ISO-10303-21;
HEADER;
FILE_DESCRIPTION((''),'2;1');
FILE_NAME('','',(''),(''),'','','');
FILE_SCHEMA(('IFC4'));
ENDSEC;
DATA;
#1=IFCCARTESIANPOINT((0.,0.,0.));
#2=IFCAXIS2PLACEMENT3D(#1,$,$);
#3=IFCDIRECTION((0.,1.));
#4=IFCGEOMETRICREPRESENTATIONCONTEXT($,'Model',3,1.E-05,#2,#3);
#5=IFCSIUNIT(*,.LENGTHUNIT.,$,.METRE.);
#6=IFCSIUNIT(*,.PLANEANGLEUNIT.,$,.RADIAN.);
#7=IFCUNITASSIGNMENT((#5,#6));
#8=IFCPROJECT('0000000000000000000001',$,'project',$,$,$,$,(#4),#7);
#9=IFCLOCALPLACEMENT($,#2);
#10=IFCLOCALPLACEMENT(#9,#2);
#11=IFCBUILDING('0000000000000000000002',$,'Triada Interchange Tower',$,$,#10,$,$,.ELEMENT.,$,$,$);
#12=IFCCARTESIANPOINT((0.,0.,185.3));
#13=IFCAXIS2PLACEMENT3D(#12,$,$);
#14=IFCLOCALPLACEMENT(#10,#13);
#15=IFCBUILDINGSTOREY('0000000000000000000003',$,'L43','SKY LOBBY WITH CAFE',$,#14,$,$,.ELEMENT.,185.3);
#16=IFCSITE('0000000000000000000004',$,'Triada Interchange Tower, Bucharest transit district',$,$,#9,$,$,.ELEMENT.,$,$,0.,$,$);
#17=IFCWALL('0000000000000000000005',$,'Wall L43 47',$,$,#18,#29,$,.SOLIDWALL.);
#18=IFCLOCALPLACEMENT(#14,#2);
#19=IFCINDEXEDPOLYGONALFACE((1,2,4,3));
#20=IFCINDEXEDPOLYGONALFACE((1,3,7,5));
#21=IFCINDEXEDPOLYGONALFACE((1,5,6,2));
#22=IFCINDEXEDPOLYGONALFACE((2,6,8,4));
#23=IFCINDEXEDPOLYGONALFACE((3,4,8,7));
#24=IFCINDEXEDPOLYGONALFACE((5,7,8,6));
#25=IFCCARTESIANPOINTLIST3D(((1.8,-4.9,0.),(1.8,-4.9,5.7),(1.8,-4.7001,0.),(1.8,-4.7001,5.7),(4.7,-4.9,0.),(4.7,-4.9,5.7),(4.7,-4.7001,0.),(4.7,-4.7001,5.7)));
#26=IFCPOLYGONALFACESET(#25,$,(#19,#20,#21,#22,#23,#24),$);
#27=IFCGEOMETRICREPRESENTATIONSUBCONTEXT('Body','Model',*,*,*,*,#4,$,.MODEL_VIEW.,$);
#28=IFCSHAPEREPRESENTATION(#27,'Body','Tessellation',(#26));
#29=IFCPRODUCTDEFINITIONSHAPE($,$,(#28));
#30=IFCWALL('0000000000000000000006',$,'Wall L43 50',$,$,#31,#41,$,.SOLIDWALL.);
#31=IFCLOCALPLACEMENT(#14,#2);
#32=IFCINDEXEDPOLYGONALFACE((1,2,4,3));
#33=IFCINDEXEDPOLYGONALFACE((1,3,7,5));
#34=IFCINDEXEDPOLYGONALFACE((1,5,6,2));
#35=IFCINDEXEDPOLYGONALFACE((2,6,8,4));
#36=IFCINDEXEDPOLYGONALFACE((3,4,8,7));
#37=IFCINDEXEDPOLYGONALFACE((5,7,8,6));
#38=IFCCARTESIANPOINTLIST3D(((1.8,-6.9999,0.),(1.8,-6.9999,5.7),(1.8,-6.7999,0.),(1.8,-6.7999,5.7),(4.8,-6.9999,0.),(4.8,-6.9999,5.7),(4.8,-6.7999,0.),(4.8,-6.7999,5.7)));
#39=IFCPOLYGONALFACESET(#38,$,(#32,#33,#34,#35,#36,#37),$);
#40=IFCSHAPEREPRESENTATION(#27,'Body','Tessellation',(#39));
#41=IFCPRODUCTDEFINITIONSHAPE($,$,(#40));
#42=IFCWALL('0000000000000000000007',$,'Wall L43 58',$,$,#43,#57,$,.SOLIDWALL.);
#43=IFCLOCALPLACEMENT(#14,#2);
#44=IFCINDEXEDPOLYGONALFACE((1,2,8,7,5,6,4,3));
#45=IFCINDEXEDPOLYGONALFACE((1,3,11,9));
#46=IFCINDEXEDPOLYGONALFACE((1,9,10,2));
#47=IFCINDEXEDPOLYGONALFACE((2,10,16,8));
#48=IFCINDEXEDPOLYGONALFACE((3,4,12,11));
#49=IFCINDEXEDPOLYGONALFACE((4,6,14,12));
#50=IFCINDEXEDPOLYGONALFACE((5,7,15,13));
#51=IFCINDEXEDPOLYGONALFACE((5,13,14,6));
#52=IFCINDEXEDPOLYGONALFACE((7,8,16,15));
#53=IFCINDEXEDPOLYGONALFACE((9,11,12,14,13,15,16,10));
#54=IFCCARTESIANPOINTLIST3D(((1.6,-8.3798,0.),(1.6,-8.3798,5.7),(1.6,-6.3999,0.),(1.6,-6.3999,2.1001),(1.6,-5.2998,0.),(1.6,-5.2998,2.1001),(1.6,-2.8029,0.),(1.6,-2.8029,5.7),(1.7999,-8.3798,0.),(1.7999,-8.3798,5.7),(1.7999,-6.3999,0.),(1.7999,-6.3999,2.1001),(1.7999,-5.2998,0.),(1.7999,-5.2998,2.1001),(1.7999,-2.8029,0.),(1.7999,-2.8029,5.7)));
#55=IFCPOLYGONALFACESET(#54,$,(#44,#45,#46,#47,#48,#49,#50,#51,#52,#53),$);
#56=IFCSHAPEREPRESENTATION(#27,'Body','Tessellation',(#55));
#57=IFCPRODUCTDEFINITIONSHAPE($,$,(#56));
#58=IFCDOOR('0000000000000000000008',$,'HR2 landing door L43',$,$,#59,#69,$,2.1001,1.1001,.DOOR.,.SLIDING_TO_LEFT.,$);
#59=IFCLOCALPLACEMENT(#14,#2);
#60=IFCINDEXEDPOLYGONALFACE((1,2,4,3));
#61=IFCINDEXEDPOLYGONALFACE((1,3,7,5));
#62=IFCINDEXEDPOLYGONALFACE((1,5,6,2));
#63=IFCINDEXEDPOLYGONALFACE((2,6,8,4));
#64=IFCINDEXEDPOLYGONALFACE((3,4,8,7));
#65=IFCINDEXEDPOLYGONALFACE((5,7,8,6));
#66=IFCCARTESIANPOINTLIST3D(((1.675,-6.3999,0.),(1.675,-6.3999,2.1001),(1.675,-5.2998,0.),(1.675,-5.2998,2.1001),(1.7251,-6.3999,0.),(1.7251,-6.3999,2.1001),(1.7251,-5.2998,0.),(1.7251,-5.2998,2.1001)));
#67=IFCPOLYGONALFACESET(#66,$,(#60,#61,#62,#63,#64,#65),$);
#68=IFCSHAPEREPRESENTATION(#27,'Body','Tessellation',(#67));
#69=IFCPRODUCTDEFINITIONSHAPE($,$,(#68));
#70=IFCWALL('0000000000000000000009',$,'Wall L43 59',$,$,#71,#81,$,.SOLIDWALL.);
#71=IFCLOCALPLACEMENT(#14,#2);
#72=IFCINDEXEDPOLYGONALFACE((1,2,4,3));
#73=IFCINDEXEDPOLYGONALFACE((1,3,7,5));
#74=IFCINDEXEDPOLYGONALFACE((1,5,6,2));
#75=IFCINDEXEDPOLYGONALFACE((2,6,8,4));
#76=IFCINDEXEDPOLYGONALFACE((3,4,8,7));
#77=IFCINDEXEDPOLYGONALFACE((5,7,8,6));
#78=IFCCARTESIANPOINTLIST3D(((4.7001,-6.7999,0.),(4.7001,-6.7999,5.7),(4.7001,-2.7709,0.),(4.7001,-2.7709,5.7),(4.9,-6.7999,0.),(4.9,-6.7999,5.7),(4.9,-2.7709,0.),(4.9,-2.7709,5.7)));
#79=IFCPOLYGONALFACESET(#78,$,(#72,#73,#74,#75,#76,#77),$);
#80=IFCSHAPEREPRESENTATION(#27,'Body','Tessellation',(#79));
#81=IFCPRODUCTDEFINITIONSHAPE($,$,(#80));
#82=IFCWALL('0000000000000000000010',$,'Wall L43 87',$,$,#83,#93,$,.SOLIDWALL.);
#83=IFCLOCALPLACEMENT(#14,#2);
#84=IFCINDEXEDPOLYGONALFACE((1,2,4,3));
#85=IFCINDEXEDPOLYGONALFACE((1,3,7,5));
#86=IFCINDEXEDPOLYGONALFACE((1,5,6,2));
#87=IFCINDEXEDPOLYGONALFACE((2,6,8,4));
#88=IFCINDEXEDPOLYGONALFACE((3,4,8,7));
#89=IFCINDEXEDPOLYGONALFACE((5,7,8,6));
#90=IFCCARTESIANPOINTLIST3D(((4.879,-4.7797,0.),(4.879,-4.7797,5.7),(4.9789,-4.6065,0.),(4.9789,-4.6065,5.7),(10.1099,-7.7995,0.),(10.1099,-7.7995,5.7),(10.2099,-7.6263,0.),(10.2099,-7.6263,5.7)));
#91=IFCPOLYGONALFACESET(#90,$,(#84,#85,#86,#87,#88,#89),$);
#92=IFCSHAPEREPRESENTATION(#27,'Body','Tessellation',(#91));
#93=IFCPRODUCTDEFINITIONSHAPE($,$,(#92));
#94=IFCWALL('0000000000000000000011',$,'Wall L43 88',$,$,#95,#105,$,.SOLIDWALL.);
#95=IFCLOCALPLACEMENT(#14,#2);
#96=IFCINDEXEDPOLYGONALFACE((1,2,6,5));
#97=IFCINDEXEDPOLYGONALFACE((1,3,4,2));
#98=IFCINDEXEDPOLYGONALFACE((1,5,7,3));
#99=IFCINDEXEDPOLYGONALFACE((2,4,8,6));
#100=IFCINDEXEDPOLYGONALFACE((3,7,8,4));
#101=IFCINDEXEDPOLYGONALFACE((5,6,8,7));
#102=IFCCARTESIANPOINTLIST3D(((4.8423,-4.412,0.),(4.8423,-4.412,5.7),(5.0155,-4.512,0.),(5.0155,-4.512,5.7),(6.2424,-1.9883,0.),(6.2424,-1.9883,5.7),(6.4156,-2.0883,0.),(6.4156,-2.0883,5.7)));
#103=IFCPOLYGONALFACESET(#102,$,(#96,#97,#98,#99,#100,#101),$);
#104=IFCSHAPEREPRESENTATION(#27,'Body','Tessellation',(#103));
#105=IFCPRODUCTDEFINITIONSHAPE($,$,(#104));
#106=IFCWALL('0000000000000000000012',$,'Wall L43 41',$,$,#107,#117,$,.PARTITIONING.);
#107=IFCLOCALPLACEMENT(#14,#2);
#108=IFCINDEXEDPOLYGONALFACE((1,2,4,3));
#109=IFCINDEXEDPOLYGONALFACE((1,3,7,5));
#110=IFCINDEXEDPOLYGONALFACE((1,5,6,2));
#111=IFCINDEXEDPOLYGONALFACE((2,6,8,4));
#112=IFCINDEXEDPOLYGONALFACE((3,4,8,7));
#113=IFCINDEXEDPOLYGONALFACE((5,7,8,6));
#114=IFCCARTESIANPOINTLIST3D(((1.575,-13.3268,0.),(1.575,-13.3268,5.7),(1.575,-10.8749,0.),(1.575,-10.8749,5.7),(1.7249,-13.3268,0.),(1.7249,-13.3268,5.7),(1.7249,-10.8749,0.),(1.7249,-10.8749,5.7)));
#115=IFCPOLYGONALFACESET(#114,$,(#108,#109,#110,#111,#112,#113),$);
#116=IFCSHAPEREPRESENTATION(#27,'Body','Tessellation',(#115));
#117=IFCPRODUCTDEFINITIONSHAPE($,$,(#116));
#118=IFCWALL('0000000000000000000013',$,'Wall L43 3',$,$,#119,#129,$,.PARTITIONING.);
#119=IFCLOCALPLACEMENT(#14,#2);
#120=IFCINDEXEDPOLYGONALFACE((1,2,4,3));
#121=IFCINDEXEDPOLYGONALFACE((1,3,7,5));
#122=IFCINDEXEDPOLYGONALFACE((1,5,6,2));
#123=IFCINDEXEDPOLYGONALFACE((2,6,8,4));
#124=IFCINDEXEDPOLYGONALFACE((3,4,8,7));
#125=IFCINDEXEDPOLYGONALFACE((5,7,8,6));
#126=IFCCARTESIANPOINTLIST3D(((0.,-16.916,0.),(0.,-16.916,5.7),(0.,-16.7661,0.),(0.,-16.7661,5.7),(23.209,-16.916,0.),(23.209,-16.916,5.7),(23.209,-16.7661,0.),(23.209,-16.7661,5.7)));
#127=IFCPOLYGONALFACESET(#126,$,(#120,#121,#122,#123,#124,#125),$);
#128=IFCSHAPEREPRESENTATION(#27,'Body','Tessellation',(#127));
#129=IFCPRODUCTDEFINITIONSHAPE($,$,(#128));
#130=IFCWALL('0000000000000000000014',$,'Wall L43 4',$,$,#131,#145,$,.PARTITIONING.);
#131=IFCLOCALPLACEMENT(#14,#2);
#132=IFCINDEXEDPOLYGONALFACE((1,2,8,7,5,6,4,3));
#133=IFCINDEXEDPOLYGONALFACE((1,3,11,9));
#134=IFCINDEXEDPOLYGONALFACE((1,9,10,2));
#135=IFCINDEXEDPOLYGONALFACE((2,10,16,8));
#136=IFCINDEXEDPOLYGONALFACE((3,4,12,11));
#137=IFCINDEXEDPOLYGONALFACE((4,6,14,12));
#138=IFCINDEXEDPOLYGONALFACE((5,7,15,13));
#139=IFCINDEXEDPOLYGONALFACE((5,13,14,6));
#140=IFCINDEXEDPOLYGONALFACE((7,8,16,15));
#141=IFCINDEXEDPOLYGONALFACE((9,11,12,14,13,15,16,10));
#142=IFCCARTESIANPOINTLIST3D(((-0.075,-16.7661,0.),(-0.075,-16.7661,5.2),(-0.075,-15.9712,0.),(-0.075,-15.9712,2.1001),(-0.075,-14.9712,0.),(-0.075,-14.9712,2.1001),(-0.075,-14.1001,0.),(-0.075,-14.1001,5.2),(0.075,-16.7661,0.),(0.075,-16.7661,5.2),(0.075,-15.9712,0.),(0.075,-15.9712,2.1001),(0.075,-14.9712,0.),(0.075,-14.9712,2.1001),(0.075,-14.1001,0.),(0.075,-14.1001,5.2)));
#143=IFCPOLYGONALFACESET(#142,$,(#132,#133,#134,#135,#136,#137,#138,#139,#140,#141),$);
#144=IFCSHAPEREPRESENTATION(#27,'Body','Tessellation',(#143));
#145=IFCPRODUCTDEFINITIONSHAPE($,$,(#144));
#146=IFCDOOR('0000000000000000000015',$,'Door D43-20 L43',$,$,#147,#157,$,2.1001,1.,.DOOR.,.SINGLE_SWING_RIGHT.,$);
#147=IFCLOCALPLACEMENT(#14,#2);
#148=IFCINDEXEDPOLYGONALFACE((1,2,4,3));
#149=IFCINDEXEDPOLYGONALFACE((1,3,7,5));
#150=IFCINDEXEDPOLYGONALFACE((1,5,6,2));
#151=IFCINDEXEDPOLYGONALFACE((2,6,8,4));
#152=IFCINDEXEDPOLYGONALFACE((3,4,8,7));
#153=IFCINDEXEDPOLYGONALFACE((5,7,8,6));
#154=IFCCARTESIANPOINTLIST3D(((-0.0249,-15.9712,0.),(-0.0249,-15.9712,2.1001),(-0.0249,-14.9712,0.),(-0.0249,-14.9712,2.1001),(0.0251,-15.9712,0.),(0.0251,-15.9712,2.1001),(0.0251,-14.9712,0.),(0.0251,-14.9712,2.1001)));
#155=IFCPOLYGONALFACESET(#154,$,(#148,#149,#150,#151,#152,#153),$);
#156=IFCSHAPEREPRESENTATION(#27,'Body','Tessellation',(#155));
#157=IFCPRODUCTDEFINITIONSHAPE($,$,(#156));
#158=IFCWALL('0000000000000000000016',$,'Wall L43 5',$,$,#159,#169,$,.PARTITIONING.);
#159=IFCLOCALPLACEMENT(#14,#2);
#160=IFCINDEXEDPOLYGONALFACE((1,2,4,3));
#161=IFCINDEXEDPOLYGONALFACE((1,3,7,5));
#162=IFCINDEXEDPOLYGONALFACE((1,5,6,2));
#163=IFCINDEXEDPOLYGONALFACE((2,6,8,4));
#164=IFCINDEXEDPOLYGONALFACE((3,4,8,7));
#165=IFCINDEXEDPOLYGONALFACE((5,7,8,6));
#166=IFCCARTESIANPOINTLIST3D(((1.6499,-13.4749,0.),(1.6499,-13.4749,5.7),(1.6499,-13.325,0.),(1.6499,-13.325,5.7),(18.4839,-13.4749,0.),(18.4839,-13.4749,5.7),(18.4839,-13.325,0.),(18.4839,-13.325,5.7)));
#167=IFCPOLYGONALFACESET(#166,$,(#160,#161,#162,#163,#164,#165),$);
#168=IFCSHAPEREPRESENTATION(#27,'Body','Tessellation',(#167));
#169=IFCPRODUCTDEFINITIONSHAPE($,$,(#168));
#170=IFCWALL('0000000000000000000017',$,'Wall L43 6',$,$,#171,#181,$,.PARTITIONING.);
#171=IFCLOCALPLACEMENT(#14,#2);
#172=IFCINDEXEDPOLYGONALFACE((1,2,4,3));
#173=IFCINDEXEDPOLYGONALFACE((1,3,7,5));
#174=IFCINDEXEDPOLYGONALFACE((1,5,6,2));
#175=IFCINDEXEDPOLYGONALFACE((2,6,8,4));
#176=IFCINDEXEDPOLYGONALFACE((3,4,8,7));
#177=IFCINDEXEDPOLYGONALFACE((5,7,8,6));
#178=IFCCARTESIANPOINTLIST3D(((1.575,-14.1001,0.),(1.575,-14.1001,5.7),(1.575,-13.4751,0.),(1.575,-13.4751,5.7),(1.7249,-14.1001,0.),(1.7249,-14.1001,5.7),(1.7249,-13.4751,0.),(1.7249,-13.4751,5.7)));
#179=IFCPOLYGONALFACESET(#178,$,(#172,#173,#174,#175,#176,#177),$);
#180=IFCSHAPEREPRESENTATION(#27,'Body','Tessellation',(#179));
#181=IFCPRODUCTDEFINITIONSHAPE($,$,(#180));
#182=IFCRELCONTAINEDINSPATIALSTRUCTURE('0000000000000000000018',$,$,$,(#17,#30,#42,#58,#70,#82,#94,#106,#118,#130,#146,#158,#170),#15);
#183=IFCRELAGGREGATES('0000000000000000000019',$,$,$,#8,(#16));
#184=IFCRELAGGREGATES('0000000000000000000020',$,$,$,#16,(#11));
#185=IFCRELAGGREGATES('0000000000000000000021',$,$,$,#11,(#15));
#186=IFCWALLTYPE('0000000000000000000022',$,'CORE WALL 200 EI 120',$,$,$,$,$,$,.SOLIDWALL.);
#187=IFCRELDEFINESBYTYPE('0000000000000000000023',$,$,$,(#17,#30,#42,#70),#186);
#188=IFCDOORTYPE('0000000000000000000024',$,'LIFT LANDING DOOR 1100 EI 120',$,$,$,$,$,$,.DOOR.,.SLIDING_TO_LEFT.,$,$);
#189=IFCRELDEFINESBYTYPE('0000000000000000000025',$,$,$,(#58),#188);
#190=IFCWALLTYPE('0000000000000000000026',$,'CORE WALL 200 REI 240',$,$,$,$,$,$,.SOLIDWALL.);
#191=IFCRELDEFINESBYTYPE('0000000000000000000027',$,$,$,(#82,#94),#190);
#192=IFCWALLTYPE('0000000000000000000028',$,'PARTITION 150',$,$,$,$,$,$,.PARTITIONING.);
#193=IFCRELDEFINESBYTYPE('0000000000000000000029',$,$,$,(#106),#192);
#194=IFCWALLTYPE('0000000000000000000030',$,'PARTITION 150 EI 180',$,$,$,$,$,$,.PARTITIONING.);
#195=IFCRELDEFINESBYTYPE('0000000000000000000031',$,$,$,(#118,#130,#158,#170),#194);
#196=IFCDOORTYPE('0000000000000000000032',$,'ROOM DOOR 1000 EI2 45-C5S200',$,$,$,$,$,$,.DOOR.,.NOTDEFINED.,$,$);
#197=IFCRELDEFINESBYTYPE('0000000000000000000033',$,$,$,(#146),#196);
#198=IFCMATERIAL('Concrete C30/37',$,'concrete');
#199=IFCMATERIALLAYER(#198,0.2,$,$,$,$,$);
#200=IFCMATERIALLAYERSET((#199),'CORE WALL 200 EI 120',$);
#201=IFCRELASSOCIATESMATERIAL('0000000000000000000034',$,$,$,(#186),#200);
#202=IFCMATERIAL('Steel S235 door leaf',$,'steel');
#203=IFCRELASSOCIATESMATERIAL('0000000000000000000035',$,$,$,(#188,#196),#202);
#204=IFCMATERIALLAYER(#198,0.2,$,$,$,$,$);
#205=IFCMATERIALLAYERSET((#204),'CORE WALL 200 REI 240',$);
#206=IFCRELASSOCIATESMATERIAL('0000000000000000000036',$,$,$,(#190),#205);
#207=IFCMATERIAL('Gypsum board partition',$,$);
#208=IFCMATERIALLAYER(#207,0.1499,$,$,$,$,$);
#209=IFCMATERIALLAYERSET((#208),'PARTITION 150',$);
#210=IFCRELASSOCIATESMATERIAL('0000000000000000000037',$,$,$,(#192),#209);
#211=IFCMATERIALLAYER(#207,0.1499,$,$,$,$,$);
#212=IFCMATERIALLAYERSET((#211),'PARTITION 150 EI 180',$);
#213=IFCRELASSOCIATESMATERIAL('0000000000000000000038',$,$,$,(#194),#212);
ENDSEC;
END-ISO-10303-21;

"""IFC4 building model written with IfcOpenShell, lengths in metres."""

from ifc_helpers import new_model, si_unit, direction, frame, frame_2d, origin, place, context, subcontext, project, spatial, rectangle, extrude, material, layer, layer_set, type_object, element, fill, save


model = new_model("IFC4")

# Units and contexts
model_context = context("Model", 3, precision=1e-05, world=origin(), true_north=direction((0.0, 1.0)))
body_context = subcontext(model_context, "Body", "Model", "MODEL_VIEW")
ifc_project = project(units=[si_unit("LENGTHUNIT", "METRE"), si_unit("PLANEANGLEUNIT", "RADIAN")], contexts=[model_context])

# Site, building, storey
site_placement = place(None, origin())
site = spatial("IfcSite", under=ifc_project, at=site_placement, Name="Triada Interchange Tower, Bucharest transit district", CompositionType="ELEMENT", RefElevation=0.0)
building_placement = place(site_placement, origin())
building = spatial("IfcBuilding", under=site, at=building_placement, Name="Triada Interchange Tower", CompositionType="ELEMENT")
storey_placement = place(building_placement, frame((0.0, 0.0, 185.3)))
storey = spatial("IfcBuildingStorey", under=building, at=storey_placement, Name="L43", Description="SKY LOBBY WITH CAFE", CompositionType="ELEMENT", Elevation=185.3)

# Walls
ifc_material_1 = material(Name="Concrete C30/37", Category="concrete")
ifc_layer_1 = layer(ifc_material_1, 0.2)
ifc_layer_set_1 = layer_set([ifc_layer_1], Name="CORE WALL 200 EI 120")
wall_type_1 = type_object("IfcWallType", Name="CORE WALL 200 EI 120", PredefinedType="SOLIDWALL", material=ifc_layer_set_1)
wall_1_placement = place(storey_placement, frame((1.8, -4.8, 0.0), z_axis=(0.0, 0.0, 1.0), x_axis=(1.0, 0.0, 0.0)))
element("IfcWall", 1, at=wall_1_placement, inside=storey, type_object=wall_type_1, Name="Wall L43 47", PredefinedType="SOLIDWALL", context=body_context, shape_type="SweptSolid", body=[
    extrude(rectangle(XDim=2.8999, YDim=0.2, at=frame_2d((1.45, 0.0))), origin(), (0.0, 0.0, 1.0), 5.7),
])
wall_2_placement = place(storey_placement, frame((1.8, -6.8999, 0.0), z_axis=(0.0, 0.0, 1.0), x_axis=(1.0, 0.0, 0.0)))
element("IfcWall", 2, at=wall_2_placement, inside=storey, type_object=wall_type_1, Name="Wall L43 50", PredefinedType="SOLIDWALL", context=body_context, shape_type="SweptSolid", body=[
    extrude(rectangle(XDim=3.0, YDim=0.2, at=frame_2d((1.5, 0.0))), origin(), (0.0, 0.0, 1.0), 5.7),
])

# Wall, opening, door
wall_3_placement = place(storey_placement, frame((1.7, -8.3799, 0.0), z_axis=(0.0, 0.0, 1.0), x_axis=(0.0, 1.0, 0.0)))
wall_3 = element("IfcWall", 3, at=wall_3_placement, inside=storey, type_object=wall_type_1, Name="Wall L43 58", PredefinedType="SOLIDWALL", context=body_context, shape_type="SweptSolid", body=[
    extrude(rectangle(XDim=5.5769, YDim=0.2, at=frame_2d((2.7886, 0.0))), origin(), (0.0, 0.0, 1.0), 5.7),
])
opening_1_placement = place(wall_3_placement, frame((1.98, 0.0, 0.0)))
opening_1 = element("IfcOpeningElement", 4, at=opening_1_placement, cuts=wall_3, PredefinedType="OPENING", context=body_context, shape_type="SweptSolid", body=[
    extrude(rectangle(XDim=1.1001, YDim=2.1001, at=frame_2d((0.55, 1.05))), frame((0.0, 0.1099, 0.0), z_axis=(0.0, -1.0, 0.0), x_axis=(1.0, 0.0, 0.0)), (0.0, 0.0, 1.0), 0.22),
])
ifc_material_2 = material(Name="Steel S235 door leaf", Category="steel")
door_type_1 = type_object("IfcDoorType", Name="LIFT LANDING DOOR 1100 EI 120", OperationType="SLIDING_TO_LEFT", PredefinedType="DOOR", material=ifc_material_2)
door_1_placement = place(opening_1_placement, origin())
door_1 = element("IfcDoor", 5, at=door_1_placement, inside=storey, type_object=door_type_1, Name="HR2 landing door L43", OperationType="SLIDING_TO_LEFT", OverallHeight=2.1001, OverallWidth=1.1001, PredefinedType="DOOR", context=body_context, shape_type="SweptSolid", body=[
    extrude(rectangle(XDim=1.1001, YDim=2.1001, at=frame_2d((0.55, 1.05))), frame((0.0, 0.0249, 0.0), z_axis=(0.0, -1.0, 0.0), x_axis=(1.0, 0.0, 0.0)), (0.0, 0.0, 1.0), 0.05),
])
fill(opening_1, door_1)

# Walls
wall_4_placement = place(storey_placement, frame((4.8, -6.8, 0.0), z_axis=(0.0, 0.0, 1.0), x_axis=(0.0, 1.0, 0.0)))
element("IfcWall", 6, at=wall_4_placement, inside=storey, type_object=wall_type_1, Name="Wall L43 59", PredefinedType="SOLIDWALL", context=body_context, shape_type="SweptSolid", body=[
    extrude(rectangle(XDim=4.0291, YDim=0.2, at=frame_2d((2.0146, 0.0))), origin(), (0.0, 0.0, 1.0), 5.7),
])
ifc_layer_2 = layer(ifc_material_1, 0.2)
ifc_layer_set_2 = layer_set([ifc_layer_2], Name="CORE WALL 200 REI 240")
wall_type_2 = type_object("IfcWallType", Name="CORE WALL 200 REI 240", PredefinedType="SOLIDWALL", material=ifc_layer_set_2)
wall_5_placement = place(storey_placement, frame((4.929, -4.6931, 0.0), z_axis=(0.0, 0.0, 1.0), x_axis=(0.866048, -0.49996, 0.0)))
element("IfcWall", 7, at=wall_5_placement, inside=storey, type_object=wall_type_2, Name="Wall L43 87", PredefinedType="SOLIDWALL", context=body_context, shape_type="SweptSolid", body=[
    extrude(rectangle(XDim=6.04, YDim=0.2, at=frame_2d((3.02, 0.0))), origin(), (0.0, 0.0, 1.0), 5.7),
])
wall_6_placement = place(storey_placement, frame((4.929, -4.4619, 0.0), z_axis=(0.0, 0.0, 1.0), x_axis=(0.500201, 0.86591, 0.0)))
element("IfcWall", 8, at=wall_6_placement, inside=storey, type_object=wall_type_2, Name="Wall L43 88", PredefinedType="SOLIDWALL", context=body_context, shape_type="SweptSolid", body=[
    extrude(rectangle(XDim=2.7991, YDim=0.2, at=frame_2d((1.3994, 0.0))), origin(), (0.0, 0.0, 1.0), 5.7),
])
ifc_material_3 = material(Name="Gypsum board partition")
ifc_layer_3 = layer(ifc_material_3, 0.1499)
ifc_layer_set_3 = layer_set([ifc_layer_3], Name="PARTITION 150")
wall_type_3 = type_object("IfcWallType", Name="PARTITION 150", PredefinedType="PARTITIONING", material=ifc_layer_set_3)
wall_7_placement = place(storey_placement, frame((1.6499, -13.3269, 0.0), z_axis=(0.0, 0.0, 1.0), x_axis=(0.0, 1.0, 0.0)))
element("IfcWall", 9, at=wall_7_placement, inside=storey, type_object=wall_type_3, Name="Wall L43 41", PredefinedType="PARTITIONING", context=body_context, shape_type="SweptSolid", body=[
    extrude(rectangle(XDim=2.4519, YDim=0.1499, at=frame_2d((1.2261, 0.0))), origin(), (0.0, 0.0, 1.0), 5.7),
])
ifc_layer_4 = layer(ifc_material_3, 0.1499)
ifc_layer_set_4 = layer_set([ifc_layer_4], Name="PARTITION 150 EI 180")
wall_type_4 = type_object("IfcWallType", Name="PARTITION 150 EI 180", PredefinedType="PARTITIONING", material=ifc_layer_set_4)
wall_8_placement = place(storey_placement, frame((0.0, -16.8411, 0.0), z_axis=(0.0, 0.0, 1.0), x_axis=(1.0, 0.0, 0.0)))
element("IfcWall", 10, at=wall_8_placement, inside=storey, type_object=wall_type_4, Name="Wall L43 3", PredefinedType="PARTITIONING", context=body_context, shape_type="SweptSolid", body=[
    extrude(rectangle(XDim=23.209, YDim=0.1499, at=frame_2d((11.6045, 0.0))), origin(), (0.0, 0.0, 1.0), 5.7),
])

# Wall, opening, door
wall_9_placement = place(storey_placement, frame((0.0, -16.7661, 0.0), z_axis=(0.0, 0.0, 1.0), x_axis=(0.0, 1.0, 0.0)))
wall_9 = element("IfcWall", 11, at=wall_9_placement, inside=storey, type_object=wall_type_4, Name="Wall L43 4", PredefinedType="PARTITIONING", context=body_context, shape_type="SweptSolid", body=[
    extrude(rectangle(XDim=2.666, YDim=0.1499, at=frame_2d((1.333, 0.0))), origin(), (0.0, 0.0, 1.0), 5.2),
])
opening_2_placement = place(wall_9_placement, frame((0.7949, 0.0, 0.0)))
opening_2 = element("IfcOpeningElement", 12, at=opening_2_placement, cuts=wall_9, PredefinedType="OPENING", context=body_context, shape_type="SweptSolid", body=[
    extrude(rectangle(XDim=1.0, YDim=2.1001, at=frame_2d((0.5, 1.05))), frame((0.0, 0.085, 0.0), z_axis=(0.0, -1.0, 0.0), x_axis=(1.0, 0.0, 0.0)), (0.0, 0.0, 1.0), 0.1699),
])
door_type_2 = type_object("IfcDoorType", Name="ROOM DOOR 1000 EI2 45-C5S200", OperationType="NOTDEFINED", PredefinedType="DOOR", material=ifc_material_2)
door_2_placement = place(opening_2_placement, origin())
door_2 = element("IfcDoor", 13, at=door_2_placement, inside=storey, type_object=door_type_2, Name="Door D43-20 L43", OperationType="SINGLE_SWING_RIGHT", OverallHeight=2.1001, OverallWidth=1.0, PredefinedType="DOOR", context=body_context, shape_type="SweptSolid", body=[
    extrude(rectangle(XDim=1.0, YDim=2.1001, at=frame_2d((0.5, 1.05))), frame((0.0, 0.0249, 0.0), z_axis=(0.0, -1.0, 0.0), x_axis=(1.0, 0.0, 0.0)), (0.0, 0.0, 1.0), 0.05),
])
fill(opening_2, door_2)

# Walls
wall_10_placement = place(storey_placement, frame((1.6499, -13.3999, 0.0), z_axis=(0.0, 0.0, 1.0), x_axis=(1.0, 0.0, 0.0)))
element("IfcWall", 14, at=wall_10_placement, inside=storey, type_object=wall_type_4, Name="Wall L43 5", PredefinedType="PARTITIONING", context=body_context, shape_type="SweptSolid", body=[
    extrude(rectangle(XDim=16.834, YDim=0.1499, at=frame_2d((8.417, 0.0))), origin(), (0.0, 0.0, 1.0), 5.7),
])
wall_11_placement = place(storey_placement, frame((1.6499, -14.1001, 0.0), z_axis=(0.0, 0.0, 1.0), x_axis=(0.0, 1.0, 0.0)))
element("IfcWall", 15, at=wall_11_placement, inside=storey, type_object=wall_type_4, Name="Wall L43 6", PredefinedType="PARTITIONING", context=body_context, shape_type="SweptSolid", body=[
    extrude(rectangle(XDim=0.625, YDim=0.1499, at=frame_2d((0.3125, 0.0))), origin(), (0.0, 0.0, 1.0), 5.7),
])

save(model, "model.ifc")
